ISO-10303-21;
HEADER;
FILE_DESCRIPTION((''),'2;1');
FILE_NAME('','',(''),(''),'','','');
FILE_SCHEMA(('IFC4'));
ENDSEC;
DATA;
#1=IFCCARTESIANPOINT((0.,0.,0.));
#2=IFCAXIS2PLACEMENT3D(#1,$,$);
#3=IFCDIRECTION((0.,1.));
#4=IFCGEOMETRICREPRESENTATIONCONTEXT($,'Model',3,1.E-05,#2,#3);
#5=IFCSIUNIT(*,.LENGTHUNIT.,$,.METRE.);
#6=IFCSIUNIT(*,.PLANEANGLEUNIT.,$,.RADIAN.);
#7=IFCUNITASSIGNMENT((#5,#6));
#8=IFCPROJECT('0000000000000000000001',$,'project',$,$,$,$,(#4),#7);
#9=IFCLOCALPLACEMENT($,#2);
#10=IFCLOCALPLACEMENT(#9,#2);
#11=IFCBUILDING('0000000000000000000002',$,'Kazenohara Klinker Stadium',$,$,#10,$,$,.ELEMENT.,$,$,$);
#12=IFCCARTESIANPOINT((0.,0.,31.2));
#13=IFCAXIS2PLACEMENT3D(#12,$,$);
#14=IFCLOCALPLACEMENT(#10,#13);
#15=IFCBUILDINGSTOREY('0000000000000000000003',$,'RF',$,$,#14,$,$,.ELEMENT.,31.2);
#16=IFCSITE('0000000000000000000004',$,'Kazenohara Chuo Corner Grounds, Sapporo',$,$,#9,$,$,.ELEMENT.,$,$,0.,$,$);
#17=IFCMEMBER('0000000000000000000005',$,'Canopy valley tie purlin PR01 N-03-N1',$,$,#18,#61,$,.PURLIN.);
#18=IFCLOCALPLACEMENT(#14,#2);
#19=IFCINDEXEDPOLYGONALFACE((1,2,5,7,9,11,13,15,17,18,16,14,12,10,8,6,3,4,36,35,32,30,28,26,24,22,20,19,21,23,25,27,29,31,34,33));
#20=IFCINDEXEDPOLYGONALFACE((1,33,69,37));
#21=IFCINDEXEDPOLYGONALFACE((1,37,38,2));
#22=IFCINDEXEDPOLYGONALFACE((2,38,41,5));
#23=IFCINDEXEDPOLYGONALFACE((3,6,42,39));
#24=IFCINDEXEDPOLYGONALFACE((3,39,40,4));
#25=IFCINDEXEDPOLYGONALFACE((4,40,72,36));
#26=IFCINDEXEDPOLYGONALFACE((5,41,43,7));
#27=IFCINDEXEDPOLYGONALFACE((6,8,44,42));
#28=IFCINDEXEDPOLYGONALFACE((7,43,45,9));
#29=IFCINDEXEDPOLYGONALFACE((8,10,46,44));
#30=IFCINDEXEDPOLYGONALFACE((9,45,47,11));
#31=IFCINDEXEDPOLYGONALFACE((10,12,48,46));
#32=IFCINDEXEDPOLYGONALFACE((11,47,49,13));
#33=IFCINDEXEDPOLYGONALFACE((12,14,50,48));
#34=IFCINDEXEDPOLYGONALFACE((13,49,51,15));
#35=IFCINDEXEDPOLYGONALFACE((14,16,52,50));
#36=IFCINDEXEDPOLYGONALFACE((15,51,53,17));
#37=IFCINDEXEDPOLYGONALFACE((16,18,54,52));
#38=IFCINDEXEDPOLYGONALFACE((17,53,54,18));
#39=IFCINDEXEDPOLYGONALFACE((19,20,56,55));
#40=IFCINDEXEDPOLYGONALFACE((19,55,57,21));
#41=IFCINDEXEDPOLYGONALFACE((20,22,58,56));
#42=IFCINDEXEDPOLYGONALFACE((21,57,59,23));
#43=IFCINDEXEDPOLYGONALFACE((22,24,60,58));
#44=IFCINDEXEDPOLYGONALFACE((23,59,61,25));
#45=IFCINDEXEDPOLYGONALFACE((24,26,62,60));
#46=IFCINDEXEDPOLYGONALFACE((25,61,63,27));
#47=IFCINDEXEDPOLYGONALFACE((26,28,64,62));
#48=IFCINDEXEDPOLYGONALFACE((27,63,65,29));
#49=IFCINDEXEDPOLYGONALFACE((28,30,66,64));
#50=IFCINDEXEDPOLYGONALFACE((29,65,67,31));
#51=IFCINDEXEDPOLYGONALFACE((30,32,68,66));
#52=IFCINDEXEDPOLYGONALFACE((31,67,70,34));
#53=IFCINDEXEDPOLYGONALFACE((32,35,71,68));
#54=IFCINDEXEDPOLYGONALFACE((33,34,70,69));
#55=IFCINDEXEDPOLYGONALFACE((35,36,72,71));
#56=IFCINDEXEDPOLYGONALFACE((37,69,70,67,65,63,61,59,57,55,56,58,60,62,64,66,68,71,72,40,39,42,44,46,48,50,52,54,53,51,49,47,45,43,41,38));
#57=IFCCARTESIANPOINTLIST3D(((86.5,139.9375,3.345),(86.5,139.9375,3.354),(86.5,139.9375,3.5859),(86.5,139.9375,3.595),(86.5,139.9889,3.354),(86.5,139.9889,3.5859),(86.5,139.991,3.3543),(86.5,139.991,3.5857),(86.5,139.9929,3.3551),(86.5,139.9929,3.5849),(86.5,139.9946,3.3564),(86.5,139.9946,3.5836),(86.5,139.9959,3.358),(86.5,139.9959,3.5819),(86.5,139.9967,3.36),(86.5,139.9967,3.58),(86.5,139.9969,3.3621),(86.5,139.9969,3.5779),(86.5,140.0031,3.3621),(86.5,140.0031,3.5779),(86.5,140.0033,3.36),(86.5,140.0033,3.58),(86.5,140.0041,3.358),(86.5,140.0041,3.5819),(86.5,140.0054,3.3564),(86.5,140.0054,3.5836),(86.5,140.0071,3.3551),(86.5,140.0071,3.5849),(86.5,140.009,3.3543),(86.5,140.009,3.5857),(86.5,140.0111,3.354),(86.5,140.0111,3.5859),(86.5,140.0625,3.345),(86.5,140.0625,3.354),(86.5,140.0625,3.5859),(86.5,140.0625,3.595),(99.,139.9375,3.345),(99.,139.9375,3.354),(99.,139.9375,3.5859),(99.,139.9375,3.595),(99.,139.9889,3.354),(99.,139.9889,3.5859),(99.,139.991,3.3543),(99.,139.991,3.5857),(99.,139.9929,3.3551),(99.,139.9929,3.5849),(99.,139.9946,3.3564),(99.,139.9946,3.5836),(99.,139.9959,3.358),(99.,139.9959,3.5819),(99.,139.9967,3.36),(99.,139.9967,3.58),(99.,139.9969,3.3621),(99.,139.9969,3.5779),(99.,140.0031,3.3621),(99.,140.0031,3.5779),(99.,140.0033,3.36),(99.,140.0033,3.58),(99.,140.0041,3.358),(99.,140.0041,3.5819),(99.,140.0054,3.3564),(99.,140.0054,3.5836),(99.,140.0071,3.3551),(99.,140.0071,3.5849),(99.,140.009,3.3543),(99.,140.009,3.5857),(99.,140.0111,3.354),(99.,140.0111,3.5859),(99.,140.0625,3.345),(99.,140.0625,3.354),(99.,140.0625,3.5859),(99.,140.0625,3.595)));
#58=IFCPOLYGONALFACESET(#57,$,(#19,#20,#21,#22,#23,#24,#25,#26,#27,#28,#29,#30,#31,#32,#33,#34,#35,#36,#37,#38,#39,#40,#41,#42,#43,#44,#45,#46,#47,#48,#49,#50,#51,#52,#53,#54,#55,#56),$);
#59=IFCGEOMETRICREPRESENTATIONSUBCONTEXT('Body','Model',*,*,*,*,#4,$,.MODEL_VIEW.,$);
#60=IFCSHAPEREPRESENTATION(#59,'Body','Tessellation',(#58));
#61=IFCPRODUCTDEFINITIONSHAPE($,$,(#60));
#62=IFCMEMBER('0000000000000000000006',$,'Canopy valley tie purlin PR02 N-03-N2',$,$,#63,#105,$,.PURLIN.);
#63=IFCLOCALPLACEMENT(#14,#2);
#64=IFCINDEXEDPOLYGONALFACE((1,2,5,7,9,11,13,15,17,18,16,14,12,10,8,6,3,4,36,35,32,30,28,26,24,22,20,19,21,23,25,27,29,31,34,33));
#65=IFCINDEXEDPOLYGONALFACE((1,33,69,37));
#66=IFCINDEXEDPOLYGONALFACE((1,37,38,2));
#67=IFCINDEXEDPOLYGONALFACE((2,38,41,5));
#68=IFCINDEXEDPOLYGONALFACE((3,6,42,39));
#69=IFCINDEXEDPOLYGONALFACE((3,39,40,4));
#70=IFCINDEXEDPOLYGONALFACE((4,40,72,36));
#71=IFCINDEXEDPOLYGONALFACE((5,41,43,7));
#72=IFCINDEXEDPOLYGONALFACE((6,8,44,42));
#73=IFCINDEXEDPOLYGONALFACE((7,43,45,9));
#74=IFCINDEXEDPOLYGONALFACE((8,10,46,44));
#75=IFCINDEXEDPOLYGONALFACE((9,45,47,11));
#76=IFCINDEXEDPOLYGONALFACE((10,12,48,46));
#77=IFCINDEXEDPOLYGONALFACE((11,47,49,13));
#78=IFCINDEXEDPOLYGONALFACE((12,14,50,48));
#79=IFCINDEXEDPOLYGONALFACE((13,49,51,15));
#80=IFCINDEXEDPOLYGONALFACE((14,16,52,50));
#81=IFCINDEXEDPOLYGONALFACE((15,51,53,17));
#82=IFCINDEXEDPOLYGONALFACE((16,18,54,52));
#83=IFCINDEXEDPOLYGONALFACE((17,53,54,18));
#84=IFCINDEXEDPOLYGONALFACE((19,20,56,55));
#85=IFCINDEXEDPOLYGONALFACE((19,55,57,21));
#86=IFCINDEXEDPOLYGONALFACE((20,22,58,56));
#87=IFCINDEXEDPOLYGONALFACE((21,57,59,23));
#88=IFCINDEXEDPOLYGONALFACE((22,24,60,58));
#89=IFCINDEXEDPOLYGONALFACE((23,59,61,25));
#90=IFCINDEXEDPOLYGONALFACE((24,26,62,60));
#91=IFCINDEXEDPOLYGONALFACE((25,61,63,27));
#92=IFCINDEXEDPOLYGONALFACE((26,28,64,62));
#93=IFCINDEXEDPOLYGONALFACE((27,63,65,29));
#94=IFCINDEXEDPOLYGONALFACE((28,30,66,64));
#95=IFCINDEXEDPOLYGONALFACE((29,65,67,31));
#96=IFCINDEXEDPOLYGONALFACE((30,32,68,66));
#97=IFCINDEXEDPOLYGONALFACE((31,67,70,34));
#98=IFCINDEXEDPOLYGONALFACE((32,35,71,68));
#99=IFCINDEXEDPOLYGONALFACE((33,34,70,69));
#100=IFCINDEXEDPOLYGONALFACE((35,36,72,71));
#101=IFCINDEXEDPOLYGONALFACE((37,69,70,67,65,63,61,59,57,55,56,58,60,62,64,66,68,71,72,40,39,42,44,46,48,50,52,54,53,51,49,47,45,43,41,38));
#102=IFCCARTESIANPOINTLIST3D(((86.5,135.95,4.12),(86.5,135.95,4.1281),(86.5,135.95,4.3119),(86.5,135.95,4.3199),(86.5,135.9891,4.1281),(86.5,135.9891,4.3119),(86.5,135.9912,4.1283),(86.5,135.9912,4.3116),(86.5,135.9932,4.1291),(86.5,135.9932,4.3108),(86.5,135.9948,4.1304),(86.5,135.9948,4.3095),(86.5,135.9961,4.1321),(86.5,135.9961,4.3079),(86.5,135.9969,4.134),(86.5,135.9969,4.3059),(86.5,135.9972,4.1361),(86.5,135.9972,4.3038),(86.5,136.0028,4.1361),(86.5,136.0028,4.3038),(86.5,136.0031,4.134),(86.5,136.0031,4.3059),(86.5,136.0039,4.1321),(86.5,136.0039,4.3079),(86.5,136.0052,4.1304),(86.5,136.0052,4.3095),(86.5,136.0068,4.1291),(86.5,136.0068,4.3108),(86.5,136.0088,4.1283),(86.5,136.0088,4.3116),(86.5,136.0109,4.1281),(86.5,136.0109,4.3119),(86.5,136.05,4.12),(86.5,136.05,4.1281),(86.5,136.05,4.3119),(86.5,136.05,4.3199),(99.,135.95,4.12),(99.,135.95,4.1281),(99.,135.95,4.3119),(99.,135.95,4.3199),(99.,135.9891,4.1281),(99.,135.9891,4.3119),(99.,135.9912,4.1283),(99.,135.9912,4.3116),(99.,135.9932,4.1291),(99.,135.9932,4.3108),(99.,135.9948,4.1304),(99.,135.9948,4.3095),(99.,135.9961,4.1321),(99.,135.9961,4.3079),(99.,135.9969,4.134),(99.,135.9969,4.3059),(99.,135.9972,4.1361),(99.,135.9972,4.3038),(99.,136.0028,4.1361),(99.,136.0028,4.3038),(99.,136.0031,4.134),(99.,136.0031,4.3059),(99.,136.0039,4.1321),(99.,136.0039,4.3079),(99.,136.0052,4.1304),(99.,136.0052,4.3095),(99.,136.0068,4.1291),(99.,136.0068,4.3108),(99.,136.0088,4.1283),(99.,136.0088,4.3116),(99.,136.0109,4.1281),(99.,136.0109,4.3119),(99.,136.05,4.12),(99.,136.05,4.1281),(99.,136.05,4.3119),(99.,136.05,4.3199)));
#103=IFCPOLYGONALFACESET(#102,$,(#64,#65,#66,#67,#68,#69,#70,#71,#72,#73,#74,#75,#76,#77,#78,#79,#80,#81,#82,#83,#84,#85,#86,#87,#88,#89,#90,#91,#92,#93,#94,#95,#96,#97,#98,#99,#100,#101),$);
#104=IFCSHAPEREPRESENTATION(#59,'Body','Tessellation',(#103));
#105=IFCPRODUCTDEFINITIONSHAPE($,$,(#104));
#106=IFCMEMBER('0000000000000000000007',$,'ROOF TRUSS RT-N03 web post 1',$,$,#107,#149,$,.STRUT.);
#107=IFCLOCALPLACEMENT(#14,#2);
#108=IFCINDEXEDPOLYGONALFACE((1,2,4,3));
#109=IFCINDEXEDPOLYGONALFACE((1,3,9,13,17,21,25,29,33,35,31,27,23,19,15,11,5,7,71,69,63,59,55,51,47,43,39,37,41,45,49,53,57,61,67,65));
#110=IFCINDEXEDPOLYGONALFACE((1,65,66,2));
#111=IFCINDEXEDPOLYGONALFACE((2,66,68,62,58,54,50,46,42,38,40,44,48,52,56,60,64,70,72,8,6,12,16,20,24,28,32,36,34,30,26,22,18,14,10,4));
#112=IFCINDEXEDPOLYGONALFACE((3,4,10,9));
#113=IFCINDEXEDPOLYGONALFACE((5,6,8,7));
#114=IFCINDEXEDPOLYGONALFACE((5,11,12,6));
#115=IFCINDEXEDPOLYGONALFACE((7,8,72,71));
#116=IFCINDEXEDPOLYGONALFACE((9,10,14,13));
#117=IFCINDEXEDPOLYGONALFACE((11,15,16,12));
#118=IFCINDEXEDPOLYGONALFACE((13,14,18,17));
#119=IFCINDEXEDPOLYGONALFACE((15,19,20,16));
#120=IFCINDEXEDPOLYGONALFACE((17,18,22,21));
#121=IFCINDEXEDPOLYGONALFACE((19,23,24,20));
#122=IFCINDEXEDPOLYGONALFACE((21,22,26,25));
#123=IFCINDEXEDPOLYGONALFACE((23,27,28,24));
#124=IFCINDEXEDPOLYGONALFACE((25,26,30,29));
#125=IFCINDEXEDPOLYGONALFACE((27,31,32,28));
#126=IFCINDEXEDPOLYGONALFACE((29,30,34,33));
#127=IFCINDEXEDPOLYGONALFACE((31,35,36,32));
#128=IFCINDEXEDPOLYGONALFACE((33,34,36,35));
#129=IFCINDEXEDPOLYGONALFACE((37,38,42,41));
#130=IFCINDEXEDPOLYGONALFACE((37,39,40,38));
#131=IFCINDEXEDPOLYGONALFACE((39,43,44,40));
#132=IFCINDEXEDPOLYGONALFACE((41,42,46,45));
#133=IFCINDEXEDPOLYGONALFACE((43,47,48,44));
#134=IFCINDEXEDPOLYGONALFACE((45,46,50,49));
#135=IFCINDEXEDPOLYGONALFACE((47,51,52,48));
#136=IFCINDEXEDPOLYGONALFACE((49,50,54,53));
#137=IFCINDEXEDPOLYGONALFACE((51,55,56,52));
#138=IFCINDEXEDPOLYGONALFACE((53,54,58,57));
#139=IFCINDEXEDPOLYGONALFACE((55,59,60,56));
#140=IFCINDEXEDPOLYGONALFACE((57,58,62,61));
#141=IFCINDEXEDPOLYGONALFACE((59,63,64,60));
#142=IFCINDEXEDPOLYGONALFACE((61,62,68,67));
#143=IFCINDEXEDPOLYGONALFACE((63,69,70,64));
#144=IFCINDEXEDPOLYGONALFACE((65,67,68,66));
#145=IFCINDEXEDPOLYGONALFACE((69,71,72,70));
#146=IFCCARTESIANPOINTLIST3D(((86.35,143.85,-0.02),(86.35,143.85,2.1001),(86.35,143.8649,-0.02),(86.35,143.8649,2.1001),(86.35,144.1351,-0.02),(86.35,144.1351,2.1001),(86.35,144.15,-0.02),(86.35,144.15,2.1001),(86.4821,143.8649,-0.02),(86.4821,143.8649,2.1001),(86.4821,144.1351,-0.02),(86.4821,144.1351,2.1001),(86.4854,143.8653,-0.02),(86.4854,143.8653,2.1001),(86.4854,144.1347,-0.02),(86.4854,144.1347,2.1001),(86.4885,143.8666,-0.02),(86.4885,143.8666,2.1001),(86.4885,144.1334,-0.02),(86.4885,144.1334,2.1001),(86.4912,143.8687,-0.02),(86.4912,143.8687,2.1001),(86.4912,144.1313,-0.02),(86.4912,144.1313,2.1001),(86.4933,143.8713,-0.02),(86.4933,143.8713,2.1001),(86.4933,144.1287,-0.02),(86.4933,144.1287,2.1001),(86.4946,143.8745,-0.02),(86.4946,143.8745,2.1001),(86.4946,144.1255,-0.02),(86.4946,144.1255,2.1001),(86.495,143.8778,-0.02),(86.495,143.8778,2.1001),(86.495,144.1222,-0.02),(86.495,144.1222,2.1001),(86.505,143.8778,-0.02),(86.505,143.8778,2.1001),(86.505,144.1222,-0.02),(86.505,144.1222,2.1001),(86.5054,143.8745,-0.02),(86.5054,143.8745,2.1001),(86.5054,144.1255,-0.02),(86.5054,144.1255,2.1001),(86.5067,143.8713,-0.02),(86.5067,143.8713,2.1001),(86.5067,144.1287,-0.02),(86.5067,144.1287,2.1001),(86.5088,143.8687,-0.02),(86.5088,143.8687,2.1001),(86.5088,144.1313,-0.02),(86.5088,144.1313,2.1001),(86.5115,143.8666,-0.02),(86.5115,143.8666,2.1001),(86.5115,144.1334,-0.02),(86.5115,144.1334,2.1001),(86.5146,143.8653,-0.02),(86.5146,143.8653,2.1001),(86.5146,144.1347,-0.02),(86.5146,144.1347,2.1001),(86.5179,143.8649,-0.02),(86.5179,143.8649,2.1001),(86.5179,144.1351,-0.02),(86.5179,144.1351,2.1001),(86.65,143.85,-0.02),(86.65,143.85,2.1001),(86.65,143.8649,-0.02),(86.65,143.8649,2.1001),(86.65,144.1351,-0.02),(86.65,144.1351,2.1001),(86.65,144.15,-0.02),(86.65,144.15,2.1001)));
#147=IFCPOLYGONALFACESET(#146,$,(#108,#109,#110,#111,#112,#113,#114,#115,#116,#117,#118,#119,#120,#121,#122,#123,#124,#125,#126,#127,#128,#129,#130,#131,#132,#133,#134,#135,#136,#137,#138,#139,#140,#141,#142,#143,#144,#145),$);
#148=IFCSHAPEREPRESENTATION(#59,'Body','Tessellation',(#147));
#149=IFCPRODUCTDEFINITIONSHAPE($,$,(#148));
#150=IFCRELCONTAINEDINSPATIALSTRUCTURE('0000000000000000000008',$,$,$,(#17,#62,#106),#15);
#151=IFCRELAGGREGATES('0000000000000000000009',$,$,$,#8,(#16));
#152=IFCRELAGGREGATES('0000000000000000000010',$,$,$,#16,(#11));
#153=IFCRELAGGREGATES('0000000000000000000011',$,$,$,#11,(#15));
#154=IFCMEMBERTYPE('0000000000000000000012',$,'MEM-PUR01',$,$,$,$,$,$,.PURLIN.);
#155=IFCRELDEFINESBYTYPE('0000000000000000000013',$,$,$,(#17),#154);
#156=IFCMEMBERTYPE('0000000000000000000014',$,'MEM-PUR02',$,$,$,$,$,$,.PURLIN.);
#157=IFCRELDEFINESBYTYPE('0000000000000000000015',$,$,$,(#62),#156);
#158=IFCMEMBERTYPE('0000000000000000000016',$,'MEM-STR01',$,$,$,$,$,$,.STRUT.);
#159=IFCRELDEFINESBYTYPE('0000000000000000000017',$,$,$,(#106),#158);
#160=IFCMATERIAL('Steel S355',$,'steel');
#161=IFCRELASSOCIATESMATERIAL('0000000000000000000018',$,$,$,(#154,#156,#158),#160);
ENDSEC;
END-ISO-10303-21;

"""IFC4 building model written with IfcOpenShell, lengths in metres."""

from ifc_helpers import new_model, si_unit, direction, frame, origin, origin_2d, place, context, subcontext, project, spatial, i_section, extrude, material, material_profile, profile_set, type_object, element, save


model = new_model("IFC4")

# Units and contexts
model_context = context("Model", 3, precision=1e-05, world=origin(), true_north=direction((0.0, 1.0)))
body_context = subcontext(model_context, "Body", "Model", "MODEL_VIEW")
ifc_project = project(units=[si_unit("LENGTHUNIT", "METRE"), si_unit("PLANEANGLEUNIT", "RADIAN")], contexts=[model_context])

# Site, building, storey
site_placement = place(None, origin())
site = spatial("IfcSite", under=ifc_project, at=site_placement, Name="Kazenohara Chuo Corner Grounds, Sapporo", CompositionType="ELEMENT", RefElevation=0.0)
building_placement = place(site_placement, origin())
building = spatial("IfcBuilding", under=site, at=building_placement, Name="Kazenohara Klinker Stadium", CompositionType="ELEMENT")
storey_placement = place(building_placement, frame((0.0, 0.0, 31.2)))
storey = spatial("IfcBuildingStorey", under=building, at=storey_placement, Name="RF", CompositionType="ELEMENT", Elevation=31.2)

# Members
ifc_material_1 = material(Name="Steel S355", Category="steel")
ifc_material_profile_1 = material_profile(ifc_material_1, i_section(OverallWidth=0.125, OverallDepth=0.25, WebThickness=0.0061, FlangeThickness=0.009, FilletRadius=0.0081, at=origin_2d()), Name="H-250x125x6x9")
ifc_profile_set_1 = profile_set([ifc_material_profile_1], Name="Steel S355")
member_type_1 = type_object("IfcMemberType", Name="MEM-PUR01", PredefinedType="PURLIN", material=ifc_profile_set_1)
member_1_placement = place(storey_placement, frame((86.5, 140.0, 3.47), z_axis=(1.0, 0.0, 0.0), x_axis=(0.0, 1.0, 0.0)))
element("IfcMember", 1, at=member_1_placement, inside=storey, type_object=member_type_1, Name="Canopy valley tie purlin PR01 N-03-N1", PredefinedType="PURLIN", context=body_context, shape_type="SweptSolid", body=[
    extrude(i_section(OverallWidth=0.125, OverallDepth=0.25, WebThickness=0.0061, FlangeThickness=0.009, FilletRadius=0.0081, at=origin_2d()), origin(), (0.0, 0.0, 1.0), 12.5),
])
ifc_material_profile_2 = material_profile(ifc_material_1, i_section(OverallWidth=0.1001, OverallDepth=0.2, WebThickness=0.0056, FlangeThickness=0.0081, FilletRadius=0.0081, at=origin_2d()), Name="H-200x100x5.5x8")
ifc_profile_set_2 = profile_set([ifc_material_profile_2], Name="Steel S355")
member_type_2 = type_object("IfcMemberType", Name="MEM-PUR02", PredefinedType="PURLIN", material=ifc_profile_set_2)
member_2_placement = place(storey_placement, frame((86.5, 136.0, 4.22), z_axis=(1.0, 0.0, 0.0), x_axis=(0.0, 1.0, 0.0)))
element("IfcMember", 2, at=member_2_placement, inside=storey, type_object=member_type_2, Name="Canopy valley tie purlin PR02 N-03-N2", PredefinedType="PURLIN", context=body_context, shape_type="SweptSolid", body=[
    extrude(i_section(OverallWidth=0.1001, OverallDepth=0.2, WebThickness=0.0056, FlangeThickness=0.0081, FilletRadius=0.0081, at=origin_2d()), origin(), (0.0, 0.0, 1.0), 12.5),
])
ifc_material_profile_3 = material_profile(ifc_material_1, i_section(OverallWidth=0.3, OverallDepth=0.3, WebThickness=0.01, FlangeThickness=0.0149, FilletRadius=0.0129, at=origin_2d()), Name="H-300x300x10x15")
ifc_profile_set_3 = profile_set([ifc_material_profile_3], Name="Steel S355")
member_type_3 = type_object("IfcMemberType", Name="MEM-STR01", PredefinedType="STRUT", material=ifc_profile_set_3)
member_3_placement = place(storey_placement, frame((86.5, 144.0, -0.02), z_axis=(0.0, 0.0, 1.0), x_axis=(1.0, 0.0, 0.0)))
element("IfcMember", 3, at=member_3_placement, inside=storey, type_object=member_type_3, Name="ROOF TRUSS RT-N03 web post 1", PredefinedType="STRUT", context=body_context, shape_type="SweptSolid", body=[
    extrude(i_section(OverallWidth=0.3, OverallDepth=0.3, WebThickness=0.01, FlangeThickness=0.0149, FilletRadius=0.0129, at=origin_2d()), origin(), (0.0, 0.0, 1.0), 2.1201),
])

save(model, "model.ifc")
